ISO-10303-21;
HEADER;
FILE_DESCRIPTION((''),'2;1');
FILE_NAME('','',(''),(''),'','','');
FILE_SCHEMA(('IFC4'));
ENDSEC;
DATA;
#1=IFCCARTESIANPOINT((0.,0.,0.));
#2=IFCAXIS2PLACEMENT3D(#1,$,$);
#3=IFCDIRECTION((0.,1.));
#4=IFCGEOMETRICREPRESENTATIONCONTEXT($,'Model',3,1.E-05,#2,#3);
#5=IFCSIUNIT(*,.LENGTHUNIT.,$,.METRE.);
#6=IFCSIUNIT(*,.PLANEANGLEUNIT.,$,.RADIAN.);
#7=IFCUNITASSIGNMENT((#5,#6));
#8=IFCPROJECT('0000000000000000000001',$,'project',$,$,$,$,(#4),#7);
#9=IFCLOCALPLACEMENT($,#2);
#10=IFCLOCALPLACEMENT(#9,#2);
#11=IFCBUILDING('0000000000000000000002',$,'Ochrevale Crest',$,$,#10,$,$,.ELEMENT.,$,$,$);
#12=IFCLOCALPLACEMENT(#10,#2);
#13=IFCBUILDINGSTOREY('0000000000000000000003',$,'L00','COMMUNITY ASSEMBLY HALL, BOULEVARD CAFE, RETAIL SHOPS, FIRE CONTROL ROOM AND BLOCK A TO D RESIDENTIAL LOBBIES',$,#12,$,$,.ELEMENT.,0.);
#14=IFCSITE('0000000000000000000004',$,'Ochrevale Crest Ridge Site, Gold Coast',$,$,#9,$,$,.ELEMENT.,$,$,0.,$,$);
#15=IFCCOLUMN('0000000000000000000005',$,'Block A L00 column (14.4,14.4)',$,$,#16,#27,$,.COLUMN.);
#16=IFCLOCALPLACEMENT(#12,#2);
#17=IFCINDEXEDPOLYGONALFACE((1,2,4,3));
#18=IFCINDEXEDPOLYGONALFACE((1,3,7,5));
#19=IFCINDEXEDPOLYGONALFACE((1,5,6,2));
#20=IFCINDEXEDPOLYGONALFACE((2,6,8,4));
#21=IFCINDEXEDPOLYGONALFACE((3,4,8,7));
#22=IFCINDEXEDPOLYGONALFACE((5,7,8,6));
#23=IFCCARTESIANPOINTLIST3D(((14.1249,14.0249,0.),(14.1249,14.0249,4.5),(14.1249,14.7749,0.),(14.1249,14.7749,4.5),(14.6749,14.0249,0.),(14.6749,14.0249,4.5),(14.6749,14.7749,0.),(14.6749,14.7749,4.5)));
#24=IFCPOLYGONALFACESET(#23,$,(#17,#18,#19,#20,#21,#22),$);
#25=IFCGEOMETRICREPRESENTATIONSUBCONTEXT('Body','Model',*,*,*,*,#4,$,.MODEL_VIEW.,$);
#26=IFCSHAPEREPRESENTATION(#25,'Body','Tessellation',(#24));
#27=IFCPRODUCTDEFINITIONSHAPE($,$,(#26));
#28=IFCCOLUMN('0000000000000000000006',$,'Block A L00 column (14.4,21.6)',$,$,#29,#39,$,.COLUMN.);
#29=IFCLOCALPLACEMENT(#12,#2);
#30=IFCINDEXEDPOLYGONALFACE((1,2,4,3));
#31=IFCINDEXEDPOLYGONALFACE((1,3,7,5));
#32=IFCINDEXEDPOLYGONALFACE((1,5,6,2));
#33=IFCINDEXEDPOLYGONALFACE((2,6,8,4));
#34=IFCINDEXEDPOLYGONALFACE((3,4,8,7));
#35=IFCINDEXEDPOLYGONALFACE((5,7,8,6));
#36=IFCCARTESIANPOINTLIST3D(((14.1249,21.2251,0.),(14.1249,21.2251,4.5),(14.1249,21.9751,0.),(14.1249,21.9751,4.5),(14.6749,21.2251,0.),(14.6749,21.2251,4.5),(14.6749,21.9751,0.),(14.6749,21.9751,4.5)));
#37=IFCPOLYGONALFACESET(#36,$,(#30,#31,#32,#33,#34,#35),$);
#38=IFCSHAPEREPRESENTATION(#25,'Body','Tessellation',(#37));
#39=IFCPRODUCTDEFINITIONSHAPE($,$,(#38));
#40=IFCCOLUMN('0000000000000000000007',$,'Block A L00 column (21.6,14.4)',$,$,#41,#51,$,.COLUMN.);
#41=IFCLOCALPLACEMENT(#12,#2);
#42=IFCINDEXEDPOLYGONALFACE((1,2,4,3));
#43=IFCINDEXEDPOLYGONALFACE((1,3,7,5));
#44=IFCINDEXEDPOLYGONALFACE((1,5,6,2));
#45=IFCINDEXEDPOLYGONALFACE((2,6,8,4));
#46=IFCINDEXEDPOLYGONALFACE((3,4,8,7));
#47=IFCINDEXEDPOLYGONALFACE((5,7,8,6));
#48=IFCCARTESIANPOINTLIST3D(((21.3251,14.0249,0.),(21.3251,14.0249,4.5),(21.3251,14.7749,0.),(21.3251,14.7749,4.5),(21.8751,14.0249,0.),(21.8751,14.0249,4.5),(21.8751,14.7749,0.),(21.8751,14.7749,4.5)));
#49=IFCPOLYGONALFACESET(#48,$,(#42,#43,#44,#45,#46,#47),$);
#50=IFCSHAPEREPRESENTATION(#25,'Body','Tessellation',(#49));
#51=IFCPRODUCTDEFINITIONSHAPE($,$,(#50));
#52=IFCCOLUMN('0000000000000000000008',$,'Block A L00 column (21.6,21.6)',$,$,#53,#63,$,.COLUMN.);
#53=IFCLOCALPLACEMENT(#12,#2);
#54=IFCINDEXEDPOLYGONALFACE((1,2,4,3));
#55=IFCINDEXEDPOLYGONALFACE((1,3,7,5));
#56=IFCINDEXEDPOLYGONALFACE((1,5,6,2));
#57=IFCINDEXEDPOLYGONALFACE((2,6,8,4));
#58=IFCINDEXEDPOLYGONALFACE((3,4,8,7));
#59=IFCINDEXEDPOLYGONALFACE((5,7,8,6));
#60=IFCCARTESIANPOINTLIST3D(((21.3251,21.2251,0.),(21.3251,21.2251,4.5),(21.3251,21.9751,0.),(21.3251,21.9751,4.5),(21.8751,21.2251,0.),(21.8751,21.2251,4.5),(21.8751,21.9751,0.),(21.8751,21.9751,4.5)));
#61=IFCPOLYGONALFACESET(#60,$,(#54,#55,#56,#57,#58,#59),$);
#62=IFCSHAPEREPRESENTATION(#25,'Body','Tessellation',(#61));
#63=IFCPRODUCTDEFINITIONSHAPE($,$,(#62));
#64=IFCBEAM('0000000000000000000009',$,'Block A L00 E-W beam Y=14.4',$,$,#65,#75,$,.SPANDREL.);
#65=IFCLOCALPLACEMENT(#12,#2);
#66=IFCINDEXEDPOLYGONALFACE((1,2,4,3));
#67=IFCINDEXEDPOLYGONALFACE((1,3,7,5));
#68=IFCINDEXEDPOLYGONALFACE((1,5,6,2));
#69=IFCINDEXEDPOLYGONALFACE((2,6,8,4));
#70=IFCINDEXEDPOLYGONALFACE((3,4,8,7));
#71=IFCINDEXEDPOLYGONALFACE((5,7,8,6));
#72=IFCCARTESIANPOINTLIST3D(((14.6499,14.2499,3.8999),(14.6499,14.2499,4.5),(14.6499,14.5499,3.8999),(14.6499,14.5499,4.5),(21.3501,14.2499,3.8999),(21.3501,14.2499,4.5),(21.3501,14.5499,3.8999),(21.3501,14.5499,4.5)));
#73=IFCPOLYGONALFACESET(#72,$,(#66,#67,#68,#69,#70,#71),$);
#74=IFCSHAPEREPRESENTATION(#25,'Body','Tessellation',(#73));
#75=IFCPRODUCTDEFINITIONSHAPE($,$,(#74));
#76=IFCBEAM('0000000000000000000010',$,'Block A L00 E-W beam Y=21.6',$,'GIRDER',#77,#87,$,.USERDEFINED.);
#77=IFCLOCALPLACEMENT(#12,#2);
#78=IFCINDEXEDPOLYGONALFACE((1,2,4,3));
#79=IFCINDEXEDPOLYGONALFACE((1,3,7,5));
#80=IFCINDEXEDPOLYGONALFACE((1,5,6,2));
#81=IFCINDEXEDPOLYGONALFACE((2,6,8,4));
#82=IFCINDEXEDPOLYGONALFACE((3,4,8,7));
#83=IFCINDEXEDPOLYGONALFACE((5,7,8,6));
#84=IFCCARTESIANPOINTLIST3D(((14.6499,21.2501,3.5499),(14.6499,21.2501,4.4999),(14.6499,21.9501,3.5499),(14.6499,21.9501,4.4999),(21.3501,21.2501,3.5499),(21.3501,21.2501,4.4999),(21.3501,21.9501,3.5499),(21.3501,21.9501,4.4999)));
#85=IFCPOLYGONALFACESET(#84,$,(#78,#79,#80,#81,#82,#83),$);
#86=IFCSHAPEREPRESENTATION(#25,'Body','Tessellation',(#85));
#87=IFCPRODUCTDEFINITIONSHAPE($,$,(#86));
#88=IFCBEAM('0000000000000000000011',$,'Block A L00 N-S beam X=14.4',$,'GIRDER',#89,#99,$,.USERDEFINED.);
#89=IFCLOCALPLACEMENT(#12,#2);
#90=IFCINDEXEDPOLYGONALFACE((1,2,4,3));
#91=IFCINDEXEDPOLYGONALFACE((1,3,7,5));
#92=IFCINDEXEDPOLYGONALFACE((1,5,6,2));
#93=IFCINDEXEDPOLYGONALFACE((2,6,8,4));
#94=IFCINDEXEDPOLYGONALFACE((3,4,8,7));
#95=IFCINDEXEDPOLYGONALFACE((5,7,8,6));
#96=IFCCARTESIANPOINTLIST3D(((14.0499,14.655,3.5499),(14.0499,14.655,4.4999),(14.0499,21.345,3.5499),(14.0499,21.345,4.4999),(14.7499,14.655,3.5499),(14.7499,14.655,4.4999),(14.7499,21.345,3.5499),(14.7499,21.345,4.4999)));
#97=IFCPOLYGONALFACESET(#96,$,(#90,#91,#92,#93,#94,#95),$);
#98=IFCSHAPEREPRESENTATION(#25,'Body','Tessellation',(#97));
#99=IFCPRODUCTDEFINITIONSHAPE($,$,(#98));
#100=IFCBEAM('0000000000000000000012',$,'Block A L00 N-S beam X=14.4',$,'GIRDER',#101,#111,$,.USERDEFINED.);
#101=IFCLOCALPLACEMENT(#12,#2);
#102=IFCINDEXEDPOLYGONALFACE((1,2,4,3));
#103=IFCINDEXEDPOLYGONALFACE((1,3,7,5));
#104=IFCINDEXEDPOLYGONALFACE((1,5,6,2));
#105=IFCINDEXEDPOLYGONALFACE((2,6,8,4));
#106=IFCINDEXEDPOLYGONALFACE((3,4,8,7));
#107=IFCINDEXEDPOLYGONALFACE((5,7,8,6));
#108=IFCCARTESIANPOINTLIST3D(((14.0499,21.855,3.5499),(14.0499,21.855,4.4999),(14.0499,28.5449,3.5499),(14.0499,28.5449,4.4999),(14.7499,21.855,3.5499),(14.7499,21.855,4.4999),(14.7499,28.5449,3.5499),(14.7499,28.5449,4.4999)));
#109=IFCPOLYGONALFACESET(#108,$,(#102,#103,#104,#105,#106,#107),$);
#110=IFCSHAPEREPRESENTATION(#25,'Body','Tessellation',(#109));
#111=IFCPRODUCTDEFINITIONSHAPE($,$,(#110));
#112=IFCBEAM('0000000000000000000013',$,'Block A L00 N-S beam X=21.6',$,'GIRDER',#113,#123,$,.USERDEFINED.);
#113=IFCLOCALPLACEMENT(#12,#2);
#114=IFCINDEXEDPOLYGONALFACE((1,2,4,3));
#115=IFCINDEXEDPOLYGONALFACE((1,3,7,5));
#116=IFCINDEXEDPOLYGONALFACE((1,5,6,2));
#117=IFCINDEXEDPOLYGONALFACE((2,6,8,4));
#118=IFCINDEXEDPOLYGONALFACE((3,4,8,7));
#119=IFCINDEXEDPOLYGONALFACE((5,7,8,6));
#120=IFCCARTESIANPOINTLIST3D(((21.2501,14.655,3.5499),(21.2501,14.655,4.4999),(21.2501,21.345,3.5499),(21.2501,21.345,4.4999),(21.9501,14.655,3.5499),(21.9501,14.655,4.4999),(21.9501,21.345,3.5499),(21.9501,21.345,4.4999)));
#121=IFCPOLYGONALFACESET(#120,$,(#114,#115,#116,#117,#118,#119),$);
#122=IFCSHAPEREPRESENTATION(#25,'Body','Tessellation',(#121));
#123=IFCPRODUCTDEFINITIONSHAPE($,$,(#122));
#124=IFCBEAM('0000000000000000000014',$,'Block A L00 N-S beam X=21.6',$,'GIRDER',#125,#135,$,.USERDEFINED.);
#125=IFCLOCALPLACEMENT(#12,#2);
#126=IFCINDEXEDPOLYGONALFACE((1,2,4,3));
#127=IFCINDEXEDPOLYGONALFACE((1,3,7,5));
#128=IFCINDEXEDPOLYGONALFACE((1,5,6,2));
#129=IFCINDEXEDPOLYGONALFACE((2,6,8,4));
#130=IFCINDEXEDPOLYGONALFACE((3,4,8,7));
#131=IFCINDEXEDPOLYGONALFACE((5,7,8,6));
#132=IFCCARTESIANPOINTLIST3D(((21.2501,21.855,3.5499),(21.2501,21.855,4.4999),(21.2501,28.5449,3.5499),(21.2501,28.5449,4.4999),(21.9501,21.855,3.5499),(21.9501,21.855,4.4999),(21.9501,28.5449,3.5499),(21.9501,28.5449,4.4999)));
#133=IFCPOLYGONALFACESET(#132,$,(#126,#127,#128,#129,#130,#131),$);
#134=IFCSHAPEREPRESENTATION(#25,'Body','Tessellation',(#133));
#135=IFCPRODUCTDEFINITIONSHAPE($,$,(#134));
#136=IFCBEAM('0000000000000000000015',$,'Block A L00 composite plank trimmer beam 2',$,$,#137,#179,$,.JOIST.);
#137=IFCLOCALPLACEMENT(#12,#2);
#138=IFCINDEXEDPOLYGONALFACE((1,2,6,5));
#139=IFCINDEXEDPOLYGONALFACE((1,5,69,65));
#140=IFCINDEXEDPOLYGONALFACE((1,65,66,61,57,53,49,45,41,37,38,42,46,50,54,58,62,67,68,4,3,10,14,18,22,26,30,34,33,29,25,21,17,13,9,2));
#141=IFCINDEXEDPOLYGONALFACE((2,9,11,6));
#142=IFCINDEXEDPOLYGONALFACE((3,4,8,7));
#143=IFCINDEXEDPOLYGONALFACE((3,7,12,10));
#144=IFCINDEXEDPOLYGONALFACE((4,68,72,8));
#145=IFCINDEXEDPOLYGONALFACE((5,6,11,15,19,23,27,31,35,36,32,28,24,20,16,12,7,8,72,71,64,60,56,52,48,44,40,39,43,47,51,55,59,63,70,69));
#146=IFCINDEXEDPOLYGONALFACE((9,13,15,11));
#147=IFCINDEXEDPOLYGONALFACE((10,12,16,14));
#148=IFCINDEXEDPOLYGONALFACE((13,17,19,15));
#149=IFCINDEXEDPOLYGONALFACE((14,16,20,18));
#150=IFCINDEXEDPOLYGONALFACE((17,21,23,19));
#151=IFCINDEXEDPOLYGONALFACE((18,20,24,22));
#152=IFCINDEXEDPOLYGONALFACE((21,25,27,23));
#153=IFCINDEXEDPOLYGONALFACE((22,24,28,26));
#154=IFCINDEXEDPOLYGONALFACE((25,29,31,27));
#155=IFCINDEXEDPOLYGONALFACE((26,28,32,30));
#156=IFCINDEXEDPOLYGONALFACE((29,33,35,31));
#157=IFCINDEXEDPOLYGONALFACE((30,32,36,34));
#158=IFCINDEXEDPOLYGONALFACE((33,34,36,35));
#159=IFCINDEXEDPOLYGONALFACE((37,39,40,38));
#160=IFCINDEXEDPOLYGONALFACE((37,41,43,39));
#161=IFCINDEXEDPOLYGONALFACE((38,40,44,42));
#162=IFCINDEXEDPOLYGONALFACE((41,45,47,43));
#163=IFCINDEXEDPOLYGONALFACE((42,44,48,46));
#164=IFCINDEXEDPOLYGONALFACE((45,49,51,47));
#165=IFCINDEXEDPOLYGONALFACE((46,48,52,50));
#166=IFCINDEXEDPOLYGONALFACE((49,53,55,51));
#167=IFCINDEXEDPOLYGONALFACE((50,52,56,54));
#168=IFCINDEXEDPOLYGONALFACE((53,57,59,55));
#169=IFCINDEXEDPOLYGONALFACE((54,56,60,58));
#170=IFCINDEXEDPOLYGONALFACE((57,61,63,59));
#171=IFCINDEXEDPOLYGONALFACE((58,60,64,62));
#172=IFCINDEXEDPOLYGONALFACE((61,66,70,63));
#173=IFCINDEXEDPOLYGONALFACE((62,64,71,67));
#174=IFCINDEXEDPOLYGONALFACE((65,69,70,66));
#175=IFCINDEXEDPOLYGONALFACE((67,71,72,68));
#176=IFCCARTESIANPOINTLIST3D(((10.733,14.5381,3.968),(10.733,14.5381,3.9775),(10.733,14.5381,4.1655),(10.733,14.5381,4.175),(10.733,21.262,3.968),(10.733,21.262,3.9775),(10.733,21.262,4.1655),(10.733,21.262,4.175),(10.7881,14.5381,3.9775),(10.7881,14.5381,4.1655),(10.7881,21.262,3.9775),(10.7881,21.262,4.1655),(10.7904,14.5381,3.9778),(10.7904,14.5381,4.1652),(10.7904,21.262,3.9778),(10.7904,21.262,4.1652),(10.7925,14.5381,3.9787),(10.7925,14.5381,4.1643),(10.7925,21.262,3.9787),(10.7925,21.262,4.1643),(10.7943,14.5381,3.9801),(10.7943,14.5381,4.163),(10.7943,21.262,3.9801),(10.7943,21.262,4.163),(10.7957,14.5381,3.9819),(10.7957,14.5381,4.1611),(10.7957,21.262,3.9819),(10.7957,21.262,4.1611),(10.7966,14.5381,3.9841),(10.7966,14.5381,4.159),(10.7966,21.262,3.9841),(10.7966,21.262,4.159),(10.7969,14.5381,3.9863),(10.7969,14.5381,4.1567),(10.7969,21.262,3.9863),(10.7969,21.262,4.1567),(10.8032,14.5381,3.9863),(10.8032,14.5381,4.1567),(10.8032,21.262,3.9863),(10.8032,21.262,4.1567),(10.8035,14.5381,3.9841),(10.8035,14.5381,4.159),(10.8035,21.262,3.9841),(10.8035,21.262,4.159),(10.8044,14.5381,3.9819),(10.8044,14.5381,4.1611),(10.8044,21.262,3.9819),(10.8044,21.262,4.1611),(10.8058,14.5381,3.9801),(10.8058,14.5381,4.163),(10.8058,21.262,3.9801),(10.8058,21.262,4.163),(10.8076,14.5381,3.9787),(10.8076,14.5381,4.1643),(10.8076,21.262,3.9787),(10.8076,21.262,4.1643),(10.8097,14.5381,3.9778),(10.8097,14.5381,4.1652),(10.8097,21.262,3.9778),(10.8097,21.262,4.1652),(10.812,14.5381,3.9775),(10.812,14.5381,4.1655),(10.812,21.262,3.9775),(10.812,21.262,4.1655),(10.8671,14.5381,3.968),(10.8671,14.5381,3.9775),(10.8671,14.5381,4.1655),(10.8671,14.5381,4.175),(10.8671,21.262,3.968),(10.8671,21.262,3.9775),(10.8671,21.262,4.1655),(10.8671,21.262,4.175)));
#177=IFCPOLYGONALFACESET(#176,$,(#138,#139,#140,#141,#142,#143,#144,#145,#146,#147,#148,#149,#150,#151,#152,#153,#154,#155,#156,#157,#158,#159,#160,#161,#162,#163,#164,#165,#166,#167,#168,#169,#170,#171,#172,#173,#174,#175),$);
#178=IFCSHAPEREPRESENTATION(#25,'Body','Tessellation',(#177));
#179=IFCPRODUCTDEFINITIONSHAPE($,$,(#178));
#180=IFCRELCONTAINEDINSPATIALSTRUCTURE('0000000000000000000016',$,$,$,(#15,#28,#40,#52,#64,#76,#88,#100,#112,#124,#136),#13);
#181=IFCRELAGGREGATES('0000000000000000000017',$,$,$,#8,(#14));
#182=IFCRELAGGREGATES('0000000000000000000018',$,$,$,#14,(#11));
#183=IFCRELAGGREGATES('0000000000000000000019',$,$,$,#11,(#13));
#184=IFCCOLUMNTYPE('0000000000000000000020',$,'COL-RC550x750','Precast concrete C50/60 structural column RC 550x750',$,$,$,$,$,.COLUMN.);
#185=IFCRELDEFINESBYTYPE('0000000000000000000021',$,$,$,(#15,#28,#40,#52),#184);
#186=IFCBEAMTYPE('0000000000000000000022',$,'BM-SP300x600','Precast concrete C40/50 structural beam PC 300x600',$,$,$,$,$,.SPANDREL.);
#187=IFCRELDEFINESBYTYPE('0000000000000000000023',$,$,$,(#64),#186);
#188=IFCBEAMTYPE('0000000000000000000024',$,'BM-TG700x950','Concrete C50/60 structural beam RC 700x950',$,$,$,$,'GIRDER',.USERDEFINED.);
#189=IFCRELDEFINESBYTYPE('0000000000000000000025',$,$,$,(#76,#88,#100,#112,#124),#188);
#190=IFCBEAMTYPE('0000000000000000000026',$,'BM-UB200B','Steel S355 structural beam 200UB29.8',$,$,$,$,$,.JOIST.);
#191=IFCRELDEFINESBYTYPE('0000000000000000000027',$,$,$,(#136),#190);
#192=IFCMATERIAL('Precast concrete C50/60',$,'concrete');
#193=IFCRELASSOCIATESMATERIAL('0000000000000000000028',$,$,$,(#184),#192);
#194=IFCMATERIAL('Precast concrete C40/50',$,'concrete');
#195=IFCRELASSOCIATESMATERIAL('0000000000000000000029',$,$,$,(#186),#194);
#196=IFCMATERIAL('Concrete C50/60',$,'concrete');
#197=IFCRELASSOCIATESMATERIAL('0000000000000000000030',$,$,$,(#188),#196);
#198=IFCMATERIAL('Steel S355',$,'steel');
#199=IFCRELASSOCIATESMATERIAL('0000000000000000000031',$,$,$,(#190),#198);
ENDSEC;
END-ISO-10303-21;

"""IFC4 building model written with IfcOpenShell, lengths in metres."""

from ifc_helpers import new_model, si_unit, direction, frame, origin, origin_2d, place, context, subcontext, project, spatial, rectangle, i_section, extrude, material, material_profile, profile_set, type_object, element, save


model = new_model("IFC4")

# Units and contexts
model_context = context("Model", 3, precision=1e-05, world=origin(), true_north=direction((0.0, 1.0)))
body_context = subcontext(model_context, "Body", "Model", "MODEL_VIEW")
ifc_project = project(units=[si_unit("LENGTHUNIT", "METRE"), si_unit("PLANEANGLEUNIT", "RADIAN")], contexts=[model_context])

# Site, building, storey
site_placement = place(None, origin())
site = spatial("IfcSite", under=ifc_project, at=site_placement, Name="Ochrevale Crest Ridge Site, Gold Coast", CompositionType="ELEMENT", RefElevation=0.0)
building_placement = place(site_placement, origin())
building = spatial("IfcBuilding", under=site, at=building_placement, Name="Ochrevale Crest", CompositionType="ELEMENT")
storey_placement = place(building_placement, origin())
storey = spatial("IfcBuildingStorey", under=building, at=storey_placement, Name="L00", Description="COMMUNITY ASSEMBLY HALL, BOULEVARD CAFE, RETAIL SHOPS, FIRE CONTROL ROOM AND BLOCK A TO D RESIDENTIAL LOBBIES", CompositionType="ELEMENT", Elevation=0.0)

# Columns
ifc_material_1 = material(Name="Precast concrete C50/60", Category="concrete")
ifc_material_profile_1 = material_profile(ifc_material_1, rectangle(XDim=0.55, YDim=0.75, at=origin_2d()), Name="RC 550x750")
ifc_profile_set_1 = profile_set([ifc_material_profile_1], Name="Precast concrete C50/60")
column_type = type_object("IfcColumnType", Name="COL-RC550x750", Description="Precast concrete C50/60 structural column RC 550x750", PredefinedType="COLUMN", material=ifc_profile_set_1)
for number, where, z_axis, x_axis, name in (
    (1, (14.3999, 14.3999, 0.0), (0.0, 0.0, 1.0), (1.0, 0.0, 0.0), "Block A L00 column (14.4,14.4)"),
    (2, (14.3999, 21.6001, 0.0), (0.0, 0.0, 1.0), (1.0, 0.0, 0.0), "Block A L00 column (14.4,21.6)"),
    (3, (21.6001, 14.3999, 0.0), (0.0, 0.0, 1.0), (1.0, 0.0, 0.0), "Block A L00 column (21.6,14.4)"),
    (4, (21.6001, 21.6001, 0.0), (0.0, 0.0, 1.0), (1.0, 0.0, 0.0), "Block A L00 column (21.6,21.6)"),
):
    element("IfcColumn", number, at=place(storey_placement, frame(where, z_axis=z_axis, x_axis=x_axis)), inside=storey, type_object=column_type, Name=name, PredefinedType="COLUMN", context=body_context, shape_type="SweptSolid", body=[
        extrude(rectangle(XDim=0.55, YDim=0.75, at=origin_2d()), origin(), (0.0, 0.0, 1.0), 4.5),
    ])

# Beams
ifc_material_2 = material(Name="Precast concrete C40/50", Category="concrete")
ifc_material_profile_2 = material_profile(ifc_material_2, rectangle(XDim=0.3, YDim=0.6001, at=origin_2d()), Name="PC 300x600")
ifc_profile_set_2 = profile_set([ifc_material_profile_2], Name="Precast concrete C40/50")
beam_type_1 = type_object("IfcBeamType", Name="BM-SP300x600", Description="Precast concrete C40/50 structural beam PC 300x600", PredefinedType="SPANDREL", material=ifc_profile_set_2)
beam_1_placement = place(storey_placement, frame((14.6499, 14.3999, 4.2), z_axis=(1.0, 0.0, 0.0), x_axis=(0.0, 1.0, 0.0)))
element("IfcBeam", 5, at=beam_1_placement, inside=storey, type_object=beam_type_1, Name="Block A L00 E-W beam Y=14.4", PredefinedType="SPANDREL", context=body_context, shape_type="SweptSolid", body=[
    extrude(rectangle(XDim=0.3, YDim=0.6001, at=origin_2d()), origin(), (0.0, 0.0, 1.0), 6.7002),
])
ifc_material_3 = material(Name="Concrete C50/60", Category="concrete")
ifc_material_profile_3 = material_profile(ifc_material_3, rectangle(XDim=0.7, YDim=0.95, at=origin_2d()), Name="RC 700x950")
ifc_profile_set_3 = profile_set([ifc_material_profile_3], Name="Concrete C50/60")
beam_type_2 = type_object("IfcBeamType", Name="BM-TG700x950", Description="Concrete C50/60 structural beam RC 700x950", ElementType="GIRDER", PredefinedType="USERDEFINED", material=ifc_profile_set_3)
beam_2_placement = place(storey_placement, frame((14.6499, 21.6001, 4.0249), z_axis=(1.0, 0.0, 0.0), x_axis=(0.0, 1.0, 0.0)))
element("IfcBeam", 6, at=beam_2_placement, inside=storey, type_object=beam_type_2, Name="Block A L00 E-W beam Y=21.6", ObjectType="GIRDER", PredefinedType="USERDEFINED", context=body_context, shape_type="SweptSolid", body=[
    extrude(rectangle(XDim=0.7, YDim=0.95, at=origin_2d()), origin(), (0.0, 0.0, 1.0), 6.7002),
])
for number, where, z_axis, x_axis, name in (
    (7, (14.3999, 14.655, 4.0249), (0.0, 1.0, 0.0), (-1.0, 0.0, 0.0), "Block A L00 N-S beam X=14.4"),
    (8, (14.3999, 21.855, 4.0249), (0.0, 1.0, 0.0), (-1.0, 0.0, 0.0), "Block A L00 N-S beam X=14.4"),
    (9, (21.6001, 14.655, 4.0249), (0.0, 1.0, 0.0), (-1.0, 0.0, 0.0), "Block A L00 N-S beam X=21.6"),
    (10, (21.6001, 21.855, 4.0249), (0.0, 1.0, 0.0), (-1.0, 0.0, 0.0), "Block A L00 N-S beam X=21.6"),
):
    element("IfcBeam", number, at=place(storey_placement, frame(where, z_axis=z_axis, x_axis=x_axis)), inside=storey, type_object=beam_type_2, Name=name, ObjectType="GIRDER", PredefinedType="USERDEFINED", context=body_context, shape_type="SweptSolid", body=[
        extrude(rectangle(XDim=0.7, YDim=0.95, at=origin_2d()), origin(), (0.0, 0.0, 1.0), 6.6899),
    ])
ifc_material_4 = material(Name="Steel S355", Category="steel")
ifc_material_profile_4 = material_profile(ifc_material_4, i_section(OverallWidth=0.134, OverallDepth=0.207, WebThickness=0.0063, FlangeThickness=0.0095, FilletRadius=0.0088, at=origin_2d()), Name="200UB29.8")
ifc_profile_set_4 = profile_set([ifc_material_profile_4], Name="Steel S355")
beam_type_3 = type_object("IfcBeamType", Name="BM-UB200B", Description="Steel S355 structural beam 200UB29.8", PredefinedType="JOIST", material=ifc_profile_set_4)
beam_3_placement = place(storey_placement, frame((10.8, 14.5381, 4.0715), z_axis=(0.0, 1.0, 0.0), x_axis=(-1.0, 0.0, 0.0)))
element("IfcBeam", 11, at=beam_3_placement, inside=storey, type_object=beam_type_3, Name="Block A L00 composite plank trimmer beam 2", PredefinedType="JOIST", context=body_context, shape_type="SweptSolid", body=[
    extrude(i_section(OverallWidth=0.134, OverallDepth=0.207, WebThickness=0.0063, FlangeThickness=0.0095, FilletRadius=0.0088, at=origin_2d()), origin(), (0.0, 0.0, 1.0), 6.7239),
])

save(model, "model.ifc")
